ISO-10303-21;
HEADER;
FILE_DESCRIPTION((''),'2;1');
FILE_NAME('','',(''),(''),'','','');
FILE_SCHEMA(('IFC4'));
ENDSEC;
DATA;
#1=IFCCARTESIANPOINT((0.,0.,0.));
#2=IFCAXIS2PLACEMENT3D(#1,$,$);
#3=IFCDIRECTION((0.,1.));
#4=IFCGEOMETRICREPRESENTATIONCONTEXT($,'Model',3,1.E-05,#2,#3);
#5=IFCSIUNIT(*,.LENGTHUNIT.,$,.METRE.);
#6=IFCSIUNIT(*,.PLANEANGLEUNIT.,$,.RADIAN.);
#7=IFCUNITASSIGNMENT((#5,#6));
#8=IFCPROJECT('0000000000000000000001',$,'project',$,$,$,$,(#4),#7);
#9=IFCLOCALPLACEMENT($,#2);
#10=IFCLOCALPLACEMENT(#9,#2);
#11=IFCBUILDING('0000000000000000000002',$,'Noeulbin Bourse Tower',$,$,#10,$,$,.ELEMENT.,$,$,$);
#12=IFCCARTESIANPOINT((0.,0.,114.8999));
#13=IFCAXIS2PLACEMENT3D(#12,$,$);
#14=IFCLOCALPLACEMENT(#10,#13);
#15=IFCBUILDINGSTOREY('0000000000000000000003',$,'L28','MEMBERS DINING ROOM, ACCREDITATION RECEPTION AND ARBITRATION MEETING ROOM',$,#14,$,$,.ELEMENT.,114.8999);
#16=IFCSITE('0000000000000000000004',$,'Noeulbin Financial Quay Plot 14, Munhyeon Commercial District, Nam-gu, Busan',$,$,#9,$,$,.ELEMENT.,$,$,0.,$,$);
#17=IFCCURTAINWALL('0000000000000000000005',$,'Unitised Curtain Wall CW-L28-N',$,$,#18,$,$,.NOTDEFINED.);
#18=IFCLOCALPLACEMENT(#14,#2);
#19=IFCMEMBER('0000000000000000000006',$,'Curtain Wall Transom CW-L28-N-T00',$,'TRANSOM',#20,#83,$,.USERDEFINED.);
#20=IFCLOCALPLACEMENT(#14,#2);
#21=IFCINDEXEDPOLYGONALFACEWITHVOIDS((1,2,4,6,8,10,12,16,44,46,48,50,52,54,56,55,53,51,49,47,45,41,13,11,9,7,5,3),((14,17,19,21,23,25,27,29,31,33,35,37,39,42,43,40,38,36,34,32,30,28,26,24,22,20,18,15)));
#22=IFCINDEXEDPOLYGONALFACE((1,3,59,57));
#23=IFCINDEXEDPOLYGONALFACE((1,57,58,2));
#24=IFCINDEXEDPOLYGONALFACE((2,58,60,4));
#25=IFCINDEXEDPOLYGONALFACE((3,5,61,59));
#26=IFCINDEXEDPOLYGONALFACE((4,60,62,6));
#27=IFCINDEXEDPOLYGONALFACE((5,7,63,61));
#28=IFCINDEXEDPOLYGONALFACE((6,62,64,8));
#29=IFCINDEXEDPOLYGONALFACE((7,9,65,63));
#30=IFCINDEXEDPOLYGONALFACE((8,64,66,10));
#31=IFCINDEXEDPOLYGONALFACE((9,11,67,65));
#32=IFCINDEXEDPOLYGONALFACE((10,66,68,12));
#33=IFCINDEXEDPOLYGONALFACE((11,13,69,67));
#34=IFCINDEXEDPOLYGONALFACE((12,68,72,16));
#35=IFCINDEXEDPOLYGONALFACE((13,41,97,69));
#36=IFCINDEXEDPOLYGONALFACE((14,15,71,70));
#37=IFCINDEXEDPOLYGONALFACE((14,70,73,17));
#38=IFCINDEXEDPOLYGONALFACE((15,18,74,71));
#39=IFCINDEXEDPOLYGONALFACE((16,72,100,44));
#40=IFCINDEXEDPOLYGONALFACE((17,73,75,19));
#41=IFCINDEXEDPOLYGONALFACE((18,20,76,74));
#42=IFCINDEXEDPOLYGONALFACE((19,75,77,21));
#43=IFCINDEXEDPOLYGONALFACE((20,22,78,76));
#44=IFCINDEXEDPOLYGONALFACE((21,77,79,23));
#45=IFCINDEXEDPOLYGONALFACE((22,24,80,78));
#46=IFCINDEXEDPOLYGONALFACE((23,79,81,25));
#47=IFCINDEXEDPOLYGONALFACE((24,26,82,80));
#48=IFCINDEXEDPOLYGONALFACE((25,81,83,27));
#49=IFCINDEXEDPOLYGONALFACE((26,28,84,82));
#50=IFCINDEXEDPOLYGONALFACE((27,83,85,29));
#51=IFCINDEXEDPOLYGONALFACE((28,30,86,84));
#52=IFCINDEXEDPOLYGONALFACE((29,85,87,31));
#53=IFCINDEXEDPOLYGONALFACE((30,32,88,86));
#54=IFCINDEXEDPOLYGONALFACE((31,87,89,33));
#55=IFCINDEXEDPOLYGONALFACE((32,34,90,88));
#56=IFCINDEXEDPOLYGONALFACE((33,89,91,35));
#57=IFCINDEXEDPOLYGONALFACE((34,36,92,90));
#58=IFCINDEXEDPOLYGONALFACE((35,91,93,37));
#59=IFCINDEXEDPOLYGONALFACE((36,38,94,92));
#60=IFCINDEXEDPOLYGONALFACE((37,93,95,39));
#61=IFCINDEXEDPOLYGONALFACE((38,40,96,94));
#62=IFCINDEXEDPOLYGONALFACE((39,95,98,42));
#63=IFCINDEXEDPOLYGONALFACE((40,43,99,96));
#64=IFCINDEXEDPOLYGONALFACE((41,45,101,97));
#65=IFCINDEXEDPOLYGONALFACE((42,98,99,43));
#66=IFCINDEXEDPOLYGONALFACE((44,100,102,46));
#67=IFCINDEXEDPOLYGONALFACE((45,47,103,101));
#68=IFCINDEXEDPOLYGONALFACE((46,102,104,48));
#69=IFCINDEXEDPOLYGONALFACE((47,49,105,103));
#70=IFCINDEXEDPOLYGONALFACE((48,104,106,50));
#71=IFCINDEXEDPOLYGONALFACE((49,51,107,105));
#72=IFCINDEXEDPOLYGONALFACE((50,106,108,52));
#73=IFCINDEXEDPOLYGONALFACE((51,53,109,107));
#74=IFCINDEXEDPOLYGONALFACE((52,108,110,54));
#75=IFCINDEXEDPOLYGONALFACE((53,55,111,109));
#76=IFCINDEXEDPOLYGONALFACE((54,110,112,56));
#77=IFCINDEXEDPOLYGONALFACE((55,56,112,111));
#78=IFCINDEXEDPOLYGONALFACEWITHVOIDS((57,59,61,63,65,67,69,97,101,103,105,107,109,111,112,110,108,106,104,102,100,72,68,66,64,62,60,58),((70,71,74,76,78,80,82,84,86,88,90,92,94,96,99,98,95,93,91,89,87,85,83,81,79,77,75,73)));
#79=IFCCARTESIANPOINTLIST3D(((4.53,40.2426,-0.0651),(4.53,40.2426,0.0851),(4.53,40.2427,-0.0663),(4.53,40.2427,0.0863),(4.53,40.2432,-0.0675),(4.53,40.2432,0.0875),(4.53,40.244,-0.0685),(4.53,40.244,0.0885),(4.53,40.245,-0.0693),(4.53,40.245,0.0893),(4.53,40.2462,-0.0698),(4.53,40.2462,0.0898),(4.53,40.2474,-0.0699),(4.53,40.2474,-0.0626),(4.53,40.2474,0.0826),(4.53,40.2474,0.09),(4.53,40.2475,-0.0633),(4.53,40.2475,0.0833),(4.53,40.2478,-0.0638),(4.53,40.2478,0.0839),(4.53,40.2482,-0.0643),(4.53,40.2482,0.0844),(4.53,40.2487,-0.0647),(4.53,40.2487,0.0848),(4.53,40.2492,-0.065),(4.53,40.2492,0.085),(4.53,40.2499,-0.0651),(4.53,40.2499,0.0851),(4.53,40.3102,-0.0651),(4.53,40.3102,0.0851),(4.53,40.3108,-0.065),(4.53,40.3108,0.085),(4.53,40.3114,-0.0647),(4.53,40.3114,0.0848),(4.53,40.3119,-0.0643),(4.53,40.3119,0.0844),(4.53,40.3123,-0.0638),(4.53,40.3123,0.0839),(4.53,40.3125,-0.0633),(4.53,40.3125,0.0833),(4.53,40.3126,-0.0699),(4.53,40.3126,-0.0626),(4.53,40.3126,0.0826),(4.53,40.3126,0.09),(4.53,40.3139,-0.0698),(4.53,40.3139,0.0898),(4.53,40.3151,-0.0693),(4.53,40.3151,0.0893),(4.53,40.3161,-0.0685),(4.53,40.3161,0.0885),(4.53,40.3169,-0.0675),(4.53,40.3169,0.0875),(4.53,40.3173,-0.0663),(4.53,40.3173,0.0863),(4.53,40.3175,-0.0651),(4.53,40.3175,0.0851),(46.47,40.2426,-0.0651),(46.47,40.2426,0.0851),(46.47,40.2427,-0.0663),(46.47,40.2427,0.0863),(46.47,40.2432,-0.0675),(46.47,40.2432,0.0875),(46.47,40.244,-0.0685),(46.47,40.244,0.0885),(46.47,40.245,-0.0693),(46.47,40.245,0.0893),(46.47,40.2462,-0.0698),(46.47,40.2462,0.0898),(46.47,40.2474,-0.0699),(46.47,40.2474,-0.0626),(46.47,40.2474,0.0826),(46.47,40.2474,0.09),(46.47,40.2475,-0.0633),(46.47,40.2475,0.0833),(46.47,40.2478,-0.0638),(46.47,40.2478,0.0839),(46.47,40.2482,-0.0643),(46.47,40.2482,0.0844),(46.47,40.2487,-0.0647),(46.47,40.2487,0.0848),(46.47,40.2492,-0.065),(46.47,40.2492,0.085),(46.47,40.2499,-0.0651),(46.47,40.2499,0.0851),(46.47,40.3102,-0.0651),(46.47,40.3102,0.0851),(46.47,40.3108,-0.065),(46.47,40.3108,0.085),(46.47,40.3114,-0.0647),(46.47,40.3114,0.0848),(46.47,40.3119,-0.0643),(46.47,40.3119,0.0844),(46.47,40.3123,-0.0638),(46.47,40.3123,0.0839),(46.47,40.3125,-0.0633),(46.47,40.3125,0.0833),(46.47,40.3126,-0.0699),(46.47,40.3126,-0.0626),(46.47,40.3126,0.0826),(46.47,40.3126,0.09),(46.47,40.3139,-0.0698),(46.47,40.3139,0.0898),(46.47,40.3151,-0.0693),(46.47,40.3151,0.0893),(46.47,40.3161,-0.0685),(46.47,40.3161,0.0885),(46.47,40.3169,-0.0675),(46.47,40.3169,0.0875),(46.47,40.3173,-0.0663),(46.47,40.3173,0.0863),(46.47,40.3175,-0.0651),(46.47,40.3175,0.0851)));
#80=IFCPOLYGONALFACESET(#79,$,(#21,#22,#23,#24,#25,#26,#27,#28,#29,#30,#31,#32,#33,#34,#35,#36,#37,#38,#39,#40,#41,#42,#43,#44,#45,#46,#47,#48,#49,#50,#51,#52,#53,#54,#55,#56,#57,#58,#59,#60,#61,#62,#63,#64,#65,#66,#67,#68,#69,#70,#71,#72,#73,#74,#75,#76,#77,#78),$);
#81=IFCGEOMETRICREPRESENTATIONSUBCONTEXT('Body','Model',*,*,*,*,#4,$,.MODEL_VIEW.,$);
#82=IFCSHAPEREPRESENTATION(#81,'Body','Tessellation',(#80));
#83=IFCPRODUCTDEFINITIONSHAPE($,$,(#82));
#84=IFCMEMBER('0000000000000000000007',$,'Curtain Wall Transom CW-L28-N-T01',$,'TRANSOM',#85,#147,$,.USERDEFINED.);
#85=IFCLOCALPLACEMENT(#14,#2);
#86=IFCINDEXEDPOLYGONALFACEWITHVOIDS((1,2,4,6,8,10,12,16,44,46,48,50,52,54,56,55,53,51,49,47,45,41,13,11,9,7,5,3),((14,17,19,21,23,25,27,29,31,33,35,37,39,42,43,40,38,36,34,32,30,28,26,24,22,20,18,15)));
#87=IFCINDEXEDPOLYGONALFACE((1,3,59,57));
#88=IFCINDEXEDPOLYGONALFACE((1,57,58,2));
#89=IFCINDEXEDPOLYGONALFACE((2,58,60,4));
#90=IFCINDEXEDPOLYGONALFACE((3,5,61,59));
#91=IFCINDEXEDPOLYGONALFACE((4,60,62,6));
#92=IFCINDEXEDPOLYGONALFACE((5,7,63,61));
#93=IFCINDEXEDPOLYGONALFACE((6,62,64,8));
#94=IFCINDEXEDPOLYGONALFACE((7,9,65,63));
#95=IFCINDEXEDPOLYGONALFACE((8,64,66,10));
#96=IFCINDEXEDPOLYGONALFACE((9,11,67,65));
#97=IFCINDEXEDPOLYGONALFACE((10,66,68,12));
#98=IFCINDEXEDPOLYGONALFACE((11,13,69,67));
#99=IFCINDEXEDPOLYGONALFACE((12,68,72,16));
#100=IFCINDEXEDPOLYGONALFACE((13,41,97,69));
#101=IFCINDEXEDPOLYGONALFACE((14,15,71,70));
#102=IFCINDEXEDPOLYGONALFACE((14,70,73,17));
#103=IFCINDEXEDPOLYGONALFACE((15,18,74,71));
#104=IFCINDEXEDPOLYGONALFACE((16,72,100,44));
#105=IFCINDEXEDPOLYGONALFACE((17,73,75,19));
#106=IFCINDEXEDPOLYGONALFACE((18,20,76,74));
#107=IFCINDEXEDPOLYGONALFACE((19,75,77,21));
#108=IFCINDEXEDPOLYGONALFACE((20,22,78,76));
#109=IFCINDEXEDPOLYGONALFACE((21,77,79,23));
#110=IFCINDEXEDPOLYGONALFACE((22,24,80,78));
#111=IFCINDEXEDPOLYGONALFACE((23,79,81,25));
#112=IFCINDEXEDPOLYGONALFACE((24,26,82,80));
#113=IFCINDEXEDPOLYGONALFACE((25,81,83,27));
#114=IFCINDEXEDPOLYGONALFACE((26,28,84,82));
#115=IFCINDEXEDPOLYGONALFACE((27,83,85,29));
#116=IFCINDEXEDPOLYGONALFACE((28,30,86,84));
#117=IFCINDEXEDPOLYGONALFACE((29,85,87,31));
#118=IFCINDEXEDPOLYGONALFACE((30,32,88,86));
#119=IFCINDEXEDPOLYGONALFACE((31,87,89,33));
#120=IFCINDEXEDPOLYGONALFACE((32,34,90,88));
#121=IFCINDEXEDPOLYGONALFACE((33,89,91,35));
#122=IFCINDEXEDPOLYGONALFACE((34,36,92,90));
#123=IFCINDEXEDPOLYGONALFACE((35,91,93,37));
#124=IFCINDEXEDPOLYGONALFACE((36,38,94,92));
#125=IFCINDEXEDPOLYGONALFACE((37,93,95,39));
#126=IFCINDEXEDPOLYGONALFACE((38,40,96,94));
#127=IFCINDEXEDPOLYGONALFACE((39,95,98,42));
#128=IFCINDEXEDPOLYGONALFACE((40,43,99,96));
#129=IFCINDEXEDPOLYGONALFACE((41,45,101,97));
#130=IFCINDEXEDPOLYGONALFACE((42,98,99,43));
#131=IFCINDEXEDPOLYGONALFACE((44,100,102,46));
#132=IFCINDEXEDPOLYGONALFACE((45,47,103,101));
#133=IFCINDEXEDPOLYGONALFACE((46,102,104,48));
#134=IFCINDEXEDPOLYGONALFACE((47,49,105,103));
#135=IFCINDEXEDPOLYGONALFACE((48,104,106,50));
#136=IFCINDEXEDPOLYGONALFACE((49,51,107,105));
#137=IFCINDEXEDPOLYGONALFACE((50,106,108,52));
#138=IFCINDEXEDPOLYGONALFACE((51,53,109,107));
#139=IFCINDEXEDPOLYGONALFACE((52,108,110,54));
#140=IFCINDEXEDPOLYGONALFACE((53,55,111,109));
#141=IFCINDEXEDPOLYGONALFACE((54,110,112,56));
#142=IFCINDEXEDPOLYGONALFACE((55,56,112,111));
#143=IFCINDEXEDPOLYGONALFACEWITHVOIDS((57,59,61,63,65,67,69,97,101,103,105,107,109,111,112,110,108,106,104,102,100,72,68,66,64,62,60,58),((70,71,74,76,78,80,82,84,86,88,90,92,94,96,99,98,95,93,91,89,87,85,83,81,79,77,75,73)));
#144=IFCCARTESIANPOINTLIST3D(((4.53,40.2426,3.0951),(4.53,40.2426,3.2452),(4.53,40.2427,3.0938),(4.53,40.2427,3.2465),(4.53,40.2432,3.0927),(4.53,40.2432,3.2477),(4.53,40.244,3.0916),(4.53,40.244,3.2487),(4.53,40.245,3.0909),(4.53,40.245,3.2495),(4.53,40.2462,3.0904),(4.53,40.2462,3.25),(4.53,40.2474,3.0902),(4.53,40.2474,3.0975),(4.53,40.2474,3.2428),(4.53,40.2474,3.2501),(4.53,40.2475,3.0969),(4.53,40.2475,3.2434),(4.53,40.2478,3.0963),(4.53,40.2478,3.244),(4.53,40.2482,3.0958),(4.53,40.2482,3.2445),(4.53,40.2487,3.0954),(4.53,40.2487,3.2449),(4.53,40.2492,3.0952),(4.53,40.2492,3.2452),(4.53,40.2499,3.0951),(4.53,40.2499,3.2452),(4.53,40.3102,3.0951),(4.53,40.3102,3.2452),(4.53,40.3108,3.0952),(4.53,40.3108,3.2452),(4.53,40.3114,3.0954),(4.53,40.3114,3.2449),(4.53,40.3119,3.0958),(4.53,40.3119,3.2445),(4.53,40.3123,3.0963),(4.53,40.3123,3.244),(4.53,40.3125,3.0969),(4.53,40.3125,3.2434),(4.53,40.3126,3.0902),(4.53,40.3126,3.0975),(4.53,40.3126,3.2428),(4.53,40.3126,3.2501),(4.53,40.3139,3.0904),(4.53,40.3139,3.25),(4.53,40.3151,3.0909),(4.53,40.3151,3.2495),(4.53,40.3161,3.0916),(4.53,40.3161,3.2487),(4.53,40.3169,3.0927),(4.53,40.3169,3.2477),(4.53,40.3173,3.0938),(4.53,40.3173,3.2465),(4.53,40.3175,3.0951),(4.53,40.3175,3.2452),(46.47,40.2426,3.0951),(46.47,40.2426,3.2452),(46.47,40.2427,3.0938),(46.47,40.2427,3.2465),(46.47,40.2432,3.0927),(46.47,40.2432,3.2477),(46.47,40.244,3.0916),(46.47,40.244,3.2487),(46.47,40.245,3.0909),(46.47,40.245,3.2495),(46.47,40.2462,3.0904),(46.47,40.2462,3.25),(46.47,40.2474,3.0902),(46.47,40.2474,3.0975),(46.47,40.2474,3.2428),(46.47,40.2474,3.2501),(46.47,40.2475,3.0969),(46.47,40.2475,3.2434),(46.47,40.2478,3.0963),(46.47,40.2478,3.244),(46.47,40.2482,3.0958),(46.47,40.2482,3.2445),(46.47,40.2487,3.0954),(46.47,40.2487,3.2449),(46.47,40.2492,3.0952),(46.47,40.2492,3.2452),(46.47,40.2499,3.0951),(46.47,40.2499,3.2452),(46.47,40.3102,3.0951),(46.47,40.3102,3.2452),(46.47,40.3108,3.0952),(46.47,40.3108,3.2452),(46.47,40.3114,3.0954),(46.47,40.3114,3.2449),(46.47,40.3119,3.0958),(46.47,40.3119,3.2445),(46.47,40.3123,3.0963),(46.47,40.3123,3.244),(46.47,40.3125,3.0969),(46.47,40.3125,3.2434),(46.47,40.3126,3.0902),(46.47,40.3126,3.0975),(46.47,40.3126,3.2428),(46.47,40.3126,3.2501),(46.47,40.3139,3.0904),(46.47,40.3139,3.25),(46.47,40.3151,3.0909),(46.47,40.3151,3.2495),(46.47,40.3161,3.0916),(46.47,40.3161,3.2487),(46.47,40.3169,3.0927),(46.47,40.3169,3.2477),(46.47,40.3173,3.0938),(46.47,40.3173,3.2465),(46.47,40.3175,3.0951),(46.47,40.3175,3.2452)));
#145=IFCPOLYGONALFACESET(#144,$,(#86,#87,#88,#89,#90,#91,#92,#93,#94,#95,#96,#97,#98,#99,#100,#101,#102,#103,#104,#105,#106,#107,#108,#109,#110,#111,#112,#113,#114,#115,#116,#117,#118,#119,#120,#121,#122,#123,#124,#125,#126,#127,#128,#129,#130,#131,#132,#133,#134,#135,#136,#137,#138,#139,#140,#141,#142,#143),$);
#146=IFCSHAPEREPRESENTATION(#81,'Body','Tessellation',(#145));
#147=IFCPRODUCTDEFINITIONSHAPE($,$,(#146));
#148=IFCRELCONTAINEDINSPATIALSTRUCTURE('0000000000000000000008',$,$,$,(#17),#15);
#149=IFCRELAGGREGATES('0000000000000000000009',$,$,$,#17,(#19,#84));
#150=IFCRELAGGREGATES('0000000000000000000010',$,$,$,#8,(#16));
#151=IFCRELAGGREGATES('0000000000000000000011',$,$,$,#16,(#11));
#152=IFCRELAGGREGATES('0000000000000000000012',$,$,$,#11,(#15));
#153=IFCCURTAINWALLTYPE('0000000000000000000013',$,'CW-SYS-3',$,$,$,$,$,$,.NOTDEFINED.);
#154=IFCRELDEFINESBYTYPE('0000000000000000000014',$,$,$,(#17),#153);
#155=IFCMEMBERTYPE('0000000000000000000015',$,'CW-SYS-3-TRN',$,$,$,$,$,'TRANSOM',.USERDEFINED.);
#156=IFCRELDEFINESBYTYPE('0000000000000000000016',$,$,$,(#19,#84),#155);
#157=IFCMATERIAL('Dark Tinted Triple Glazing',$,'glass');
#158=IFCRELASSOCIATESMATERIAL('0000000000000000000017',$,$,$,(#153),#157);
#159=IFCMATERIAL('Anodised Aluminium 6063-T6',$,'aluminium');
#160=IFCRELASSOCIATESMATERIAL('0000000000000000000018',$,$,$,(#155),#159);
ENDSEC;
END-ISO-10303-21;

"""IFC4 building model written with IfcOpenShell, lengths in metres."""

from ifc_helpers import new_model, si_unit, direction, frame, origin, origin_2d, place, context, subcontext, project, spatial, hollow_rectangle, extrude, material, material_profile, profile_set, type_object, element, aggregate, save


model = new_model("IFC4")

# Units and contexts
model_context = context("Model", 3, precision=1e-05, world=origin(), true_north=direction((0.0, 1.0)))
body_context = subcontext(model_context, "Body", "Model", "MODEL_VIEW")
ifc_project = project(units=[si_unit("LENGTHUNIT", "METRE"), si_unit("PLANEANGLEUNIT", "RADIAN")], contexts=[model_context])

# Site, building, storey
site_placement = place(None, origin())
site = spatial("IfcSite", under=ifc_project, at=site_placement, Name="Noeulbin Financial Quay Plot 14, Munhyeon Commercial District, Nam-gu, Busan", CompositionType="ELEMENT", RefElevation=0.0)
building_placement = place(site_placement, origin())
building = spatial("IfcBuilding", under=site, at=building_placement, Name="Noeulbin Bourse Tower", CompositionType="ELEMENT")
storey_placement = place(building_placement, frame((0.0, 0.0, 114.8999)))
storey = spatial("IfcBuildingStorey", under=building, at=storey_placement, Name="L28", Description="MEMBERS DINING ROOM, ACCREDITATION RECEPTION AND ARBITRATION MEETING ROOM", CompositionType="ELEMENT", Elevation=114.8999)

# Curtain wall
ifc_material_1 = material(Name="Dark Tinted Triple Glazing", Category="glass")
curtain_wall_type = type_object("IfcCurtainWallType", Name="CW-SYS-3", PredefinedType="NOTDEFINED", material=ifc_material_1)
curtain_wall_1_placement = place(storey_placement, origin())
curtain_wall_1 = element("IfcCurtainWall", 1, at=curtain_wall_1_placement, inside=storey, type_object=curtain_wall_type, Name="Unitised Curtain Wall CW-L28-N", PredefinedType="NOTDEFINED")
ifc_material_2 = material(Name="Anodised Aluminium 6063-T6", Category="aluminium")

# Members
ifc_material_profile_1 = material_profile(ifc_material_2, hollow_rectangle(XDim=0.075, YDim=0.1599, WallThickness=0.0049, InnerFilletRadius=0.0024, OuterFilletRadius=0.0049, at=origin_2d()), Name="ALU-TRAN-75x160x5", Category="LoadBearing")
ifc_profile_set_1 = profile_set([ifc_material_profile_1], Name="Anodised Aluminium 6063-T6")
member_type_1 = type_object("IfcMemberType", Name="CW-SYS-3-TRN", ElementType="TRANSOM", PredefinedType="USERDEFINED", material=ifc_profile_set_1)
member_1_placement = place(storey_placement, frame((4.53, 40.28, 0.01), z_axis=(1.0, 0.0, 0.0), x_axis=(0.0, 1.0, 0.0)))
member_1 = element("IfcMember", 2, at=member_1_placement, type_object=member_type_1, Name="Curtain Wall Transom CW-L28-N-T00", ObjectType="TRANSOM", PredefinedType="USERDEFINED", context=body_context, shape_type="SweptSolid", body=[
    extrude(hollow_rectangle(XDim=0.075, YDim=0.1599, WallThickness=0.0049, InnerFilletRadius=0.0024, OuterFilletRadius=0.0049, at=origin_2d()), origin(), (0.0, 0.0, 1.0), 41.9399),
])
member_2_placement = place(storey_placement, frame((4.53, 40.28, 3.1702), z_axis=(1.0, 0.0, 0.0), x_axis=(0.0, 1.0, 0.0)))
member_2 = element("IfcMember", 3, at=member_2_placement, type_object=member_type_1, Name="Curtain Wall Transom CW-L28-N-T01", ObjectType="TRANSOM", PredefinedType="USERDEFINED", context=body_context, shape_type="SweptSolid", body=[
    extrude(hollow_rectangle(XDim=0.075, YDim=0.1599, WallThickness=0.0049, InnerFilletRadius=0.0024, OuterFilletRadius=0.0049, at=origin_2d()), origin(), (0.0, 0.0, 1.0), 41.9399),
])

aggregate(curtain_wall_1, [member_1, member_2])

save(model, "model.ifc")
